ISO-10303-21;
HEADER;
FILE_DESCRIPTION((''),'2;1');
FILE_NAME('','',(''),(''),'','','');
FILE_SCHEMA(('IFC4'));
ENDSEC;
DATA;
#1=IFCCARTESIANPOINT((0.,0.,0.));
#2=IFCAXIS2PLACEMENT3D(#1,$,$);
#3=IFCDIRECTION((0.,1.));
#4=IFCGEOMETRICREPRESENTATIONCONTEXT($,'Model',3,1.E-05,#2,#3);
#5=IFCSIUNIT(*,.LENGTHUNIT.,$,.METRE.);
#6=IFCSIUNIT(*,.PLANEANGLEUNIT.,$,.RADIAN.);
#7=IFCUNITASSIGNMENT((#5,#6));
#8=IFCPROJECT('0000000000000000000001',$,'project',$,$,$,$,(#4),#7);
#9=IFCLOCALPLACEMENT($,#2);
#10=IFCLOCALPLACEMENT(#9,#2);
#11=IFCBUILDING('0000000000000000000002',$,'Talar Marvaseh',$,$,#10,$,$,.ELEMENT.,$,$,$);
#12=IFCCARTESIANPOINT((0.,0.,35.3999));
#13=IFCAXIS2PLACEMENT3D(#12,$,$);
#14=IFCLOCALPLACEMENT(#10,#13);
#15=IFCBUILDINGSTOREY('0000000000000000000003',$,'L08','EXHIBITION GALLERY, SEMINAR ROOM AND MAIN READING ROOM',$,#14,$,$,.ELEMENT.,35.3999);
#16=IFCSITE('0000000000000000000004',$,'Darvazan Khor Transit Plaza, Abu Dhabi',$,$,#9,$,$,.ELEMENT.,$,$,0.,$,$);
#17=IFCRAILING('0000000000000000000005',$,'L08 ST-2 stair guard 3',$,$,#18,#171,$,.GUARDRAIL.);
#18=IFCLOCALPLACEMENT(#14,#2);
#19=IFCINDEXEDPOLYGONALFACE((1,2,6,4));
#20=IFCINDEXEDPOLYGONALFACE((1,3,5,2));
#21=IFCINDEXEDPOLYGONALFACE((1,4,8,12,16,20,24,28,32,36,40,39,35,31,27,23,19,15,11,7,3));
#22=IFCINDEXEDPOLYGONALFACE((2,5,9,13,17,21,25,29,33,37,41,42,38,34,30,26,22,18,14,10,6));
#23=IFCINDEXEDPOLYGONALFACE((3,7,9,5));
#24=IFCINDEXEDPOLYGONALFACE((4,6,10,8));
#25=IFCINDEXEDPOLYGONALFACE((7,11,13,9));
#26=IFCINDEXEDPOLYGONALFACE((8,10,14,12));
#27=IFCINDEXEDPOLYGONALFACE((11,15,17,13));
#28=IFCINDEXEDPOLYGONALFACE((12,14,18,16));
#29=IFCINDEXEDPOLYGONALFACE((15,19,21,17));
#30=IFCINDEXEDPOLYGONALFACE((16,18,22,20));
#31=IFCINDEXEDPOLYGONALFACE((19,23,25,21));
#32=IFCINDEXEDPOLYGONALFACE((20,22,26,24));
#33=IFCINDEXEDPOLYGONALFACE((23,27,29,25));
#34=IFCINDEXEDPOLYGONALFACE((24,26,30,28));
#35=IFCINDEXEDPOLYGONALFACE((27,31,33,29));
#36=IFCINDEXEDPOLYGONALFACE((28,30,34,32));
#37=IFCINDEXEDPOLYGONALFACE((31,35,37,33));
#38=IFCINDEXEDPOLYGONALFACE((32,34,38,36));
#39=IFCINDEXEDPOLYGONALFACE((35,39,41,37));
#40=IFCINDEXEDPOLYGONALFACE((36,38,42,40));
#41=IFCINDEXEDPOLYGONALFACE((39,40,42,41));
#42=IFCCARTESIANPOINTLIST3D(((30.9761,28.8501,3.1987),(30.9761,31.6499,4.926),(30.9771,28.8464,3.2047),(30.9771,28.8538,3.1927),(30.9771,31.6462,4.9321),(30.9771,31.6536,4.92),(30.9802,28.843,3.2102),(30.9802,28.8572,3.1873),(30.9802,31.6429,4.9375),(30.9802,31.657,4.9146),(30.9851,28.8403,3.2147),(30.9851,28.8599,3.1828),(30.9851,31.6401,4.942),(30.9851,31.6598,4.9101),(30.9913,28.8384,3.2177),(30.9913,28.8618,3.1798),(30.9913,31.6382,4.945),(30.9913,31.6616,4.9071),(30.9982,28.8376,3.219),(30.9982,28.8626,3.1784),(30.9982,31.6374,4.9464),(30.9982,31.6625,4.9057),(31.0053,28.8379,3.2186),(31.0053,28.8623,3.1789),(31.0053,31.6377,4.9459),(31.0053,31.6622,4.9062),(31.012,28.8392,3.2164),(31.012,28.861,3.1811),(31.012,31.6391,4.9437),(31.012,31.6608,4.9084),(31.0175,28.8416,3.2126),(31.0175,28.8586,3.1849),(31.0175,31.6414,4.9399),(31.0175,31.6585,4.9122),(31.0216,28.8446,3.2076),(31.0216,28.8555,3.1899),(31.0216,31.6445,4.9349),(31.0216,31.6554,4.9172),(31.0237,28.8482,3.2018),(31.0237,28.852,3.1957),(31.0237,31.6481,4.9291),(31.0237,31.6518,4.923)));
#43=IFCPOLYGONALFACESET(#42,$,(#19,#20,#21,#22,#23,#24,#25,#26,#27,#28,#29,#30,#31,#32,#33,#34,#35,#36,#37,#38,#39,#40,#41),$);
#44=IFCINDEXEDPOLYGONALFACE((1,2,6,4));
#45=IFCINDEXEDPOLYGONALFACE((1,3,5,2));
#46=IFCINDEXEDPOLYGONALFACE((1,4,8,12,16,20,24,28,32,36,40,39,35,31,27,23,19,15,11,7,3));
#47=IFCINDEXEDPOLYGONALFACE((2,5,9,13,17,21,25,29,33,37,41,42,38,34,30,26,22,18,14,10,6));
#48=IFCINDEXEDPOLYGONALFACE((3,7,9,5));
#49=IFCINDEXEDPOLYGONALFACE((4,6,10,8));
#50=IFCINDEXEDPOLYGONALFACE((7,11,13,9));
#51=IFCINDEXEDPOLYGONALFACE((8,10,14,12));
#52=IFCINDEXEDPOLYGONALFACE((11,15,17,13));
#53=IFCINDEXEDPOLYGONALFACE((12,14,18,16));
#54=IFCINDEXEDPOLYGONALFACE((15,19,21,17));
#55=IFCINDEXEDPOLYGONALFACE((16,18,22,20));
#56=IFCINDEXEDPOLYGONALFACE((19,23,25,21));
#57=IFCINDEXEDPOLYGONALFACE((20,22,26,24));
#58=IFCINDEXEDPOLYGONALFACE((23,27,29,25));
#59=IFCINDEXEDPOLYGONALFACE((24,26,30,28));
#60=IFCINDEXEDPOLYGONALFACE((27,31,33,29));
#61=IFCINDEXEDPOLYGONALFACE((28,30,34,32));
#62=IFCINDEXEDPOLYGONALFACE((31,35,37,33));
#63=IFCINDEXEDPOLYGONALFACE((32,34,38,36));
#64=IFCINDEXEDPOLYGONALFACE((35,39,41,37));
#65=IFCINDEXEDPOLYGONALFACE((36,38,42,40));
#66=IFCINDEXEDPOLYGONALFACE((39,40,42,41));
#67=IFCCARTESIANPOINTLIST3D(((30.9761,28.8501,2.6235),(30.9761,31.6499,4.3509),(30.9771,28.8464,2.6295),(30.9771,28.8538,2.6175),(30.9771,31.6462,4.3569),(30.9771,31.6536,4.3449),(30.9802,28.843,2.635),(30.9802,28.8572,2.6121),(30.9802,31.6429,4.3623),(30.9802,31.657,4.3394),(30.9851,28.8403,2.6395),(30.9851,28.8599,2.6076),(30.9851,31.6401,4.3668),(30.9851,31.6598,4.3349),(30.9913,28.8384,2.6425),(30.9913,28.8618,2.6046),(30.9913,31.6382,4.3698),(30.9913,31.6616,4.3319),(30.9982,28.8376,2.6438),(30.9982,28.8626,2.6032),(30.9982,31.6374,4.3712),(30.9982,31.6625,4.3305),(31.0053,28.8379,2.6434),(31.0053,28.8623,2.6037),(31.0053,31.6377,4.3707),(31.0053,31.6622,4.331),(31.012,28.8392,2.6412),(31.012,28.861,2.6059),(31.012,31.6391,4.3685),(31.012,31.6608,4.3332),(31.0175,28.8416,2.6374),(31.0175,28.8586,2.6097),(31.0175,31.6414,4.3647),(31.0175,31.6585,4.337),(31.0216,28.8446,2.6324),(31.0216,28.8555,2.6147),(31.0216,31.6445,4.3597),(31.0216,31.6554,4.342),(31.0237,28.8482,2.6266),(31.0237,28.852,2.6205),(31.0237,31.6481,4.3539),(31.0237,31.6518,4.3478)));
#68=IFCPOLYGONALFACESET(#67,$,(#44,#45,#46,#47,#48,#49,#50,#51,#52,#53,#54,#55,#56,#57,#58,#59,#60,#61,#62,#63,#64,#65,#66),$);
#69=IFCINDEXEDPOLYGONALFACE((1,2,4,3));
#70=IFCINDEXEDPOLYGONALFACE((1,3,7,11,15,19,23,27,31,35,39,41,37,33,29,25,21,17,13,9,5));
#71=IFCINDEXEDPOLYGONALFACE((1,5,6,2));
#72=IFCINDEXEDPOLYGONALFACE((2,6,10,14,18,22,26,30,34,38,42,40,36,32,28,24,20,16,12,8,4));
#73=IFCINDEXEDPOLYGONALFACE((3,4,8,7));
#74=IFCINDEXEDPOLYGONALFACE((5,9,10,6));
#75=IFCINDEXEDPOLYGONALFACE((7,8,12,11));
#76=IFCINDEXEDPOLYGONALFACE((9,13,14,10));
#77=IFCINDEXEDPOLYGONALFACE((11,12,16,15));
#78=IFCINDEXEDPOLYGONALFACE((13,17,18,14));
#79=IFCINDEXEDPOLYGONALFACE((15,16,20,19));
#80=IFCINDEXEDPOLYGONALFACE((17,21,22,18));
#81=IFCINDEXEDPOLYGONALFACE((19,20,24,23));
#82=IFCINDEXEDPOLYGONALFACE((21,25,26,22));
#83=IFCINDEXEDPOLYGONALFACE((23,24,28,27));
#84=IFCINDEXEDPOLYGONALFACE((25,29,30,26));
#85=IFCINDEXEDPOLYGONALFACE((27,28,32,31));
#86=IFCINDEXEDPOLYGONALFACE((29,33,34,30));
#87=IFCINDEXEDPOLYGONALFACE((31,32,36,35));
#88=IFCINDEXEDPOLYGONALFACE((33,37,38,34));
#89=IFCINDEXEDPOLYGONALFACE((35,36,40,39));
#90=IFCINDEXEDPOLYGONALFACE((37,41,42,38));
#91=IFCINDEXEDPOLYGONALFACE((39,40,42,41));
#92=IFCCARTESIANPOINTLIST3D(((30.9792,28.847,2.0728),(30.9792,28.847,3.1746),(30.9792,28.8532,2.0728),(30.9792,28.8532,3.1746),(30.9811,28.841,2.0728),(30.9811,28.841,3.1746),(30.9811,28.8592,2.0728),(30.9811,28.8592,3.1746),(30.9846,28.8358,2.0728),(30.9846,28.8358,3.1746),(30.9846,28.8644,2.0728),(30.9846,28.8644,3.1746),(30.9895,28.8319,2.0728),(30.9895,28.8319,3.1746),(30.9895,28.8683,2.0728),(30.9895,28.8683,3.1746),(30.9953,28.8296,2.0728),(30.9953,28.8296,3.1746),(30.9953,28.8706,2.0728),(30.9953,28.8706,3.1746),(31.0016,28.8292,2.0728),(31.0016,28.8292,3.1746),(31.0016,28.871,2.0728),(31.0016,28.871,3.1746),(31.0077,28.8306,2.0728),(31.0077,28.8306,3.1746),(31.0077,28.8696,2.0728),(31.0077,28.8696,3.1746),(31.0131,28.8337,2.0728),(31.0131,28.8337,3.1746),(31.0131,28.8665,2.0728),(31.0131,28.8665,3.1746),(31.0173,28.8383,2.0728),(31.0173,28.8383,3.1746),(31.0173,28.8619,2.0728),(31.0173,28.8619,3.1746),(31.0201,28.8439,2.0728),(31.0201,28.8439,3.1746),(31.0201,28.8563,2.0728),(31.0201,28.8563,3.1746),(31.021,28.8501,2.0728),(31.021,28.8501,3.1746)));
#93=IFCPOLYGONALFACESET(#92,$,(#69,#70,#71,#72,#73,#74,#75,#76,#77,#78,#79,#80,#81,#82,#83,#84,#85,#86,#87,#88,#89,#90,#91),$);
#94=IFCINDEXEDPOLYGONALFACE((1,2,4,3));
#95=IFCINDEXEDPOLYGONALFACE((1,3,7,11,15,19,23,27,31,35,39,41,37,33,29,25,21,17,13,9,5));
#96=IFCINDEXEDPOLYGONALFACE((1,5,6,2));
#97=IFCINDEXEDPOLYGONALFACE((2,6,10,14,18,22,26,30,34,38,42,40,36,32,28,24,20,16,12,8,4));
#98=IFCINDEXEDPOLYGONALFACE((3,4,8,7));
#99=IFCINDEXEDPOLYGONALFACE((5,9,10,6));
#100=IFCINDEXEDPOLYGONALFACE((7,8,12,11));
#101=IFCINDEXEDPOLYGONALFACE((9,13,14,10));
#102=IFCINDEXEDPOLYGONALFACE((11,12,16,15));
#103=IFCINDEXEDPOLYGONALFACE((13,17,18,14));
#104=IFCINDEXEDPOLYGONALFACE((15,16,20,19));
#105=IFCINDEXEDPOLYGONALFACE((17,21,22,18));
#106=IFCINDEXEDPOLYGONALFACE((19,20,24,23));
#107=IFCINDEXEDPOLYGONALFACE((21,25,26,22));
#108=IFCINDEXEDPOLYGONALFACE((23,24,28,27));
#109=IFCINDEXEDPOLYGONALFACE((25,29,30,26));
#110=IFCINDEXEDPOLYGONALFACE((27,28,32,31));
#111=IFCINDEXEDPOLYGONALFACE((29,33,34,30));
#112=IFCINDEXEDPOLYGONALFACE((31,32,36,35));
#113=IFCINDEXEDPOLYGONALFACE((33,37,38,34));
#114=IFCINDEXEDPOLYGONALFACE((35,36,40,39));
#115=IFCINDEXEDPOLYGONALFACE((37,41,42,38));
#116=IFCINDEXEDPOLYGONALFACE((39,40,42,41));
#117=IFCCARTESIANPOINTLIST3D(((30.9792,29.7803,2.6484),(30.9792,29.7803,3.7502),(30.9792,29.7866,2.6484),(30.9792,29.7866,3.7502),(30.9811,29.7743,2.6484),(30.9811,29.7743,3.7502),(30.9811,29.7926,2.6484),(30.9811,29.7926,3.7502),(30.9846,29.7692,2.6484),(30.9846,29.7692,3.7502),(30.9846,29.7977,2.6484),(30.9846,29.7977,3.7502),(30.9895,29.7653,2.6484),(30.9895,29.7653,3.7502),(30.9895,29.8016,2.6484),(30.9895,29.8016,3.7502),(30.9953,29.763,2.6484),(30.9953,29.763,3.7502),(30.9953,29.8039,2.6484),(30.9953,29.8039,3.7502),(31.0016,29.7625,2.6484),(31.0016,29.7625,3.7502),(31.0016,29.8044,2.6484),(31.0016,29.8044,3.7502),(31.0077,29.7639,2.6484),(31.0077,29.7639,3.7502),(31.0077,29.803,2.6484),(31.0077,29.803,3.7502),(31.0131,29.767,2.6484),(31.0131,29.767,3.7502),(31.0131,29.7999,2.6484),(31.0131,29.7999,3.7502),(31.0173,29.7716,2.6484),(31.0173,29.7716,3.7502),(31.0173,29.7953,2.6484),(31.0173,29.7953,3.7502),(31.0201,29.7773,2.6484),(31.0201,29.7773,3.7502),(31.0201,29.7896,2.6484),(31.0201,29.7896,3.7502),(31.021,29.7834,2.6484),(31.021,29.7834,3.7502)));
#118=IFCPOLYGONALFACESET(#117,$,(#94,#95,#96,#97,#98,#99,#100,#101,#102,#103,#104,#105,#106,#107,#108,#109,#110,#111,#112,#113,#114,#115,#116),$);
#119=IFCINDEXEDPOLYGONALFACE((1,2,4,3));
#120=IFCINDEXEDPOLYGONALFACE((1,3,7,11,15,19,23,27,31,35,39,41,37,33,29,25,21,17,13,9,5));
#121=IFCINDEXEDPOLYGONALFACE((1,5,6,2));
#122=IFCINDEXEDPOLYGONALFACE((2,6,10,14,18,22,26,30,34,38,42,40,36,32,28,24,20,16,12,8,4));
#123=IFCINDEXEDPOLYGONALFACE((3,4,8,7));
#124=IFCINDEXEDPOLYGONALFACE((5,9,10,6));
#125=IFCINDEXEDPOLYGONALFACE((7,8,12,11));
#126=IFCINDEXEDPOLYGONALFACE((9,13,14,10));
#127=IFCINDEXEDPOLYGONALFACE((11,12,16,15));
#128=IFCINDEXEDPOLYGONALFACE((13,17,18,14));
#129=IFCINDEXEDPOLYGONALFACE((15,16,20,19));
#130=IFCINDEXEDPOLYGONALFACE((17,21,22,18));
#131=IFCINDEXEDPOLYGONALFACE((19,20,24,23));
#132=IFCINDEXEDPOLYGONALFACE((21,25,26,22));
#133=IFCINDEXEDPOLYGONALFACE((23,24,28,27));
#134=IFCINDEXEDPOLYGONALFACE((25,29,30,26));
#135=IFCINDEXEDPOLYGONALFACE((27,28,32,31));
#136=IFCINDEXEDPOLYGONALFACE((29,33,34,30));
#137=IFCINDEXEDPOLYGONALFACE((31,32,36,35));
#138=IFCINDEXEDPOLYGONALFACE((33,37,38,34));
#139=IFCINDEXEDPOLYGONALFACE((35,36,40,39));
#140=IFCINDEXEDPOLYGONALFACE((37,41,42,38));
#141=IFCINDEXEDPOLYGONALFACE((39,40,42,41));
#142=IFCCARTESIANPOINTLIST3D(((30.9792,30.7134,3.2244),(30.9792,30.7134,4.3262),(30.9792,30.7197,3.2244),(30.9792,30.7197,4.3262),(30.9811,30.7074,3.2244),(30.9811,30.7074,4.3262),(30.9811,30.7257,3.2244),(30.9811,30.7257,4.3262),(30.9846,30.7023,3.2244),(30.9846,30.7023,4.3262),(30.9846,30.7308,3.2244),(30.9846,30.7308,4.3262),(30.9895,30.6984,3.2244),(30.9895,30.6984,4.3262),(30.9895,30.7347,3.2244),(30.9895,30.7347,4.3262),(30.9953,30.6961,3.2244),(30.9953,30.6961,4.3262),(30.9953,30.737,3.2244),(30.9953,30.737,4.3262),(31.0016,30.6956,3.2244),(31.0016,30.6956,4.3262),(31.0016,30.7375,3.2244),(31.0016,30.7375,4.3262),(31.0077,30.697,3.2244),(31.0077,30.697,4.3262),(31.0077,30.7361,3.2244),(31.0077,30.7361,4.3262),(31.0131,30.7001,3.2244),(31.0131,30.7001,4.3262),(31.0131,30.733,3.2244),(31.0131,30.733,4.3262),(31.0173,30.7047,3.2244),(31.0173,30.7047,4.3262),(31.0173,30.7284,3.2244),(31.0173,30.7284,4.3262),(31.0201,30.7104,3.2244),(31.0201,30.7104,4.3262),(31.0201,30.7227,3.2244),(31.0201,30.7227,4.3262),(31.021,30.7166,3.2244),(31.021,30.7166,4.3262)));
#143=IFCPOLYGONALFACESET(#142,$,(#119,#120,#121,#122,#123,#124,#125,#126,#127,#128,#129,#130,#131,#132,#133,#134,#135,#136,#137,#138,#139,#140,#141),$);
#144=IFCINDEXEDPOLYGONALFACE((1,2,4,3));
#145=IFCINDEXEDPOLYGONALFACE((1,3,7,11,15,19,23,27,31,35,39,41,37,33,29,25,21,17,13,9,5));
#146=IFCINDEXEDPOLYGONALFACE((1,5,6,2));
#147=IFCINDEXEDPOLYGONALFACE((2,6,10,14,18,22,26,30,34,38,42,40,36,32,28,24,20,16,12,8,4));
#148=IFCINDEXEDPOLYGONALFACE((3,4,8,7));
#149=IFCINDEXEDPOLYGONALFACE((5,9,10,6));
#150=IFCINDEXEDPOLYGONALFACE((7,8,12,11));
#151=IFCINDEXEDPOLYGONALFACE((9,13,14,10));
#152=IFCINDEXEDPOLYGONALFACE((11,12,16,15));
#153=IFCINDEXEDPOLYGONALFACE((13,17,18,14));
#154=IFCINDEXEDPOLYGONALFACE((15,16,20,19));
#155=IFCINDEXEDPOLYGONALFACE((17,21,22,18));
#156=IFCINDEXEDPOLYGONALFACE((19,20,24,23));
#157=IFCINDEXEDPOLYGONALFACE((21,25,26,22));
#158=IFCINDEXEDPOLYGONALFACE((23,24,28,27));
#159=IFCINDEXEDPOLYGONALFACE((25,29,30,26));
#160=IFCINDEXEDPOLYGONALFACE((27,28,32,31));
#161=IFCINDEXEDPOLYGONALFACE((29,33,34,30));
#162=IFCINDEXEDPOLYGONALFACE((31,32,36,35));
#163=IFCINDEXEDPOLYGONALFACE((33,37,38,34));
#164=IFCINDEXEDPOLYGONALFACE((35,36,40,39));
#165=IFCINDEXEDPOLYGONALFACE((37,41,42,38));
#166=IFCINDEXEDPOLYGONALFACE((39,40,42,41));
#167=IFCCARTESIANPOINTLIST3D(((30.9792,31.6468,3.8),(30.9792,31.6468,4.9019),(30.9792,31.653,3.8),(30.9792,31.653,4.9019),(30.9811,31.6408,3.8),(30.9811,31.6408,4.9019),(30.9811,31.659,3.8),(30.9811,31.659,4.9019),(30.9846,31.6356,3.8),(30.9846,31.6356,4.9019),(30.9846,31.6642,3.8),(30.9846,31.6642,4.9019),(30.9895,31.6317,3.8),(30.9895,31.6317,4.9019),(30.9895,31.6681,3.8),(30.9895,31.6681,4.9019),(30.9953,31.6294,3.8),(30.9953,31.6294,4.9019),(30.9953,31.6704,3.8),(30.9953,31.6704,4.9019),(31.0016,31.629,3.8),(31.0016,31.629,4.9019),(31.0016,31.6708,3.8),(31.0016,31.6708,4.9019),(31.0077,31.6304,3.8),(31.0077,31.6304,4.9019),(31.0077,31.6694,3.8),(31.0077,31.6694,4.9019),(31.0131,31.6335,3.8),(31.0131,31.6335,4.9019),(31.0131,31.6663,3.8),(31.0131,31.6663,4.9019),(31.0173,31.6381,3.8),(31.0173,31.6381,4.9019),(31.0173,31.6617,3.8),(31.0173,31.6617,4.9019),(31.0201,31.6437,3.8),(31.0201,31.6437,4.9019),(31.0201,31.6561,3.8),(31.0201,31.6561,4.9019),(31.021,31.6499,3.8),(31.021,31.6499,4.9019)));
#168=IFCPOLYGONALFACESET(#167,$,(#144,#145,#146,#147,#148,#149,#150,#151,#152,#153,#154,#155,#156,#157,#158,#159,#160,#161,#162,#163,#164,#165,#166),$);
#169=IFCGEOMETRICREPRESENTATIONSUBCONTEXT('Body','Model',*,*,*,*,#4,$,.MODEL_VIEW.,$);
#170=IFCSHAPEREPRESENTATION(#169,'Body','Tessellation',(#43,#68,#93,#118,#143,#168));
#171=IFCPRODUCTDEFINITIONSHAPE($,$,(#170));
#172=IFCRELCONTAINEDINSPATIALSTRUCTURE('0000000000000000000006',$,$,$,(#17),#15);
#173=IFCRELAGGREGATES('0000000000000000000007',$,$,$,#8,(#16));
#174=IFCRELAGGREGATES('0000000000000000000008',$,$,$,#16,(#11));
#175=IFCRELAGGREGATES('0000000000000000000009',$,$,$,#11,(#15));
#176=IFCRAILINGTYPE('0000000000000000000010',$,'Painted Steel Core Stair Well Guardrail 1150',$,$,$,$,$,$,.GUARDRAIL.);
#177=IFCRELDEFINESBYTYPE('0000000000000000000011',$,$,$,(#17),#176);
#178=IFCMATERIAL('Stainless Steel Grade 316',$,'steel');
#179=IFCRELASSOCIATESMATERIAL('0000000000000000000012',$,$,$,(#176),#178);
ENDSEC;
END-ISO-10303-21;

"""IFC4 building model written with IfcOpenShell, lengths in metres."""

from ifc_helpers import new_model, si_unit, direction, frame, origin, origin_2d, place, context, subcontext, project, spatial, circle, extrude, material, type_object, element, save


model = new_model("IFC4")

# Units and contexts
model_context = context("Model", 3, precision=1e-05, world=origin(), true_north=direction((0.0, 1.0)))
body_context = subcontext(model_context, "Body", "Model", "MODEL_VIEW")
ifc_project = project(units=[si_unit("LENGTHUNIT", "METRE"), si_unit("PLANEANGLEUNIT", "RADIAN")], contexts=[model_context])

# Site, building, storey
site_placement = place(None, origin())
site = spatial("IfcSite", under=ifc_project, at=site_placement, Name="Darvazan Khor Transit Plaza, Abu Dhabi", CompositionType="ELEMENT", RefElevation=0.0)
building_placement = place(site_placement, origin())
building = spatial("IfcBuilding", under=site, at=building_placement, Name="Talar Marvaseh", CompositionType="ELEMENT")
storey_placement = place(building_placement, frame((0.0, 0.0, 35.3999)))
storey = spatial("IfcBuildingStorey", under=building, at=storey_placement, Name="L08", Description="EXHIBITION GALLERY, SEMINAR ROOM AND MAIN READING ROOM", CompositionType="ELEMENT", Elevation=35.3999)

# Railing
ifc_material_1 = material(Name="Stainless Steel Grade 316", Category="steel")
railing_type_1 = type_object("IfcRailingType", Name="Painted Steel Core Stair Well Guardrail 1150", PredefinedType="GUARDRAIL", material=ifc_material_1)
railing_1_placement = place(storey_placement, frame((31.0, 28.8501, 2.0728)))
element("IfcRailing", 1, at=railing_1_placement, inside=storey, type_object=railing_type_1, Name="L08 ST-2 stair guard 3", PredefinedType="GUARDRAIL", context=body_context, shape_type="SweptSolid", body=[
    extrude(circle(Radius=0.0239, at=origin_2d()), frame((0.0, 0.0, 1.126), z_axis=(0.0, 0.851069, 0.525054), x_axis=(-1.0, 0.0, 0.0)), (0.0, 0.0, 1.0), 3.2898),
    extrude(circle(Radius=0.0239, at=origin_2d()), frame((0.0, 0.0, 0.5508), z_axis=(0.0, 0.851069, 0.525054), x_axis=(-1.0, 0.0, 0.0)), (0.0, 0.0, 1.0), 3.2898),
    extrude(circle(Radius=0.021, at=origin_2d()), origin(), (0.0, 0.0, 1.0), 1.1018),
    extrude(circle(Radius=0.021, at=origin_2d()), frame((0.0, 0.9333, 0.5757)), (0.0, 0.0, 1.0), 1.1018),
    extrude(circle(Radius=0.021, at=origin_2d()), frame((0.0, 1.8665, 1.1516)), (0.0, 0.0, 1.0), 1.1018),
    extrude(circle(Radius=0.021, at=origin_2d()), frame((0.0, 2.7998, 1.7273)), (0.0, 0.0, 1.0), 1.1018),
])

save(model, "model.ifc")
